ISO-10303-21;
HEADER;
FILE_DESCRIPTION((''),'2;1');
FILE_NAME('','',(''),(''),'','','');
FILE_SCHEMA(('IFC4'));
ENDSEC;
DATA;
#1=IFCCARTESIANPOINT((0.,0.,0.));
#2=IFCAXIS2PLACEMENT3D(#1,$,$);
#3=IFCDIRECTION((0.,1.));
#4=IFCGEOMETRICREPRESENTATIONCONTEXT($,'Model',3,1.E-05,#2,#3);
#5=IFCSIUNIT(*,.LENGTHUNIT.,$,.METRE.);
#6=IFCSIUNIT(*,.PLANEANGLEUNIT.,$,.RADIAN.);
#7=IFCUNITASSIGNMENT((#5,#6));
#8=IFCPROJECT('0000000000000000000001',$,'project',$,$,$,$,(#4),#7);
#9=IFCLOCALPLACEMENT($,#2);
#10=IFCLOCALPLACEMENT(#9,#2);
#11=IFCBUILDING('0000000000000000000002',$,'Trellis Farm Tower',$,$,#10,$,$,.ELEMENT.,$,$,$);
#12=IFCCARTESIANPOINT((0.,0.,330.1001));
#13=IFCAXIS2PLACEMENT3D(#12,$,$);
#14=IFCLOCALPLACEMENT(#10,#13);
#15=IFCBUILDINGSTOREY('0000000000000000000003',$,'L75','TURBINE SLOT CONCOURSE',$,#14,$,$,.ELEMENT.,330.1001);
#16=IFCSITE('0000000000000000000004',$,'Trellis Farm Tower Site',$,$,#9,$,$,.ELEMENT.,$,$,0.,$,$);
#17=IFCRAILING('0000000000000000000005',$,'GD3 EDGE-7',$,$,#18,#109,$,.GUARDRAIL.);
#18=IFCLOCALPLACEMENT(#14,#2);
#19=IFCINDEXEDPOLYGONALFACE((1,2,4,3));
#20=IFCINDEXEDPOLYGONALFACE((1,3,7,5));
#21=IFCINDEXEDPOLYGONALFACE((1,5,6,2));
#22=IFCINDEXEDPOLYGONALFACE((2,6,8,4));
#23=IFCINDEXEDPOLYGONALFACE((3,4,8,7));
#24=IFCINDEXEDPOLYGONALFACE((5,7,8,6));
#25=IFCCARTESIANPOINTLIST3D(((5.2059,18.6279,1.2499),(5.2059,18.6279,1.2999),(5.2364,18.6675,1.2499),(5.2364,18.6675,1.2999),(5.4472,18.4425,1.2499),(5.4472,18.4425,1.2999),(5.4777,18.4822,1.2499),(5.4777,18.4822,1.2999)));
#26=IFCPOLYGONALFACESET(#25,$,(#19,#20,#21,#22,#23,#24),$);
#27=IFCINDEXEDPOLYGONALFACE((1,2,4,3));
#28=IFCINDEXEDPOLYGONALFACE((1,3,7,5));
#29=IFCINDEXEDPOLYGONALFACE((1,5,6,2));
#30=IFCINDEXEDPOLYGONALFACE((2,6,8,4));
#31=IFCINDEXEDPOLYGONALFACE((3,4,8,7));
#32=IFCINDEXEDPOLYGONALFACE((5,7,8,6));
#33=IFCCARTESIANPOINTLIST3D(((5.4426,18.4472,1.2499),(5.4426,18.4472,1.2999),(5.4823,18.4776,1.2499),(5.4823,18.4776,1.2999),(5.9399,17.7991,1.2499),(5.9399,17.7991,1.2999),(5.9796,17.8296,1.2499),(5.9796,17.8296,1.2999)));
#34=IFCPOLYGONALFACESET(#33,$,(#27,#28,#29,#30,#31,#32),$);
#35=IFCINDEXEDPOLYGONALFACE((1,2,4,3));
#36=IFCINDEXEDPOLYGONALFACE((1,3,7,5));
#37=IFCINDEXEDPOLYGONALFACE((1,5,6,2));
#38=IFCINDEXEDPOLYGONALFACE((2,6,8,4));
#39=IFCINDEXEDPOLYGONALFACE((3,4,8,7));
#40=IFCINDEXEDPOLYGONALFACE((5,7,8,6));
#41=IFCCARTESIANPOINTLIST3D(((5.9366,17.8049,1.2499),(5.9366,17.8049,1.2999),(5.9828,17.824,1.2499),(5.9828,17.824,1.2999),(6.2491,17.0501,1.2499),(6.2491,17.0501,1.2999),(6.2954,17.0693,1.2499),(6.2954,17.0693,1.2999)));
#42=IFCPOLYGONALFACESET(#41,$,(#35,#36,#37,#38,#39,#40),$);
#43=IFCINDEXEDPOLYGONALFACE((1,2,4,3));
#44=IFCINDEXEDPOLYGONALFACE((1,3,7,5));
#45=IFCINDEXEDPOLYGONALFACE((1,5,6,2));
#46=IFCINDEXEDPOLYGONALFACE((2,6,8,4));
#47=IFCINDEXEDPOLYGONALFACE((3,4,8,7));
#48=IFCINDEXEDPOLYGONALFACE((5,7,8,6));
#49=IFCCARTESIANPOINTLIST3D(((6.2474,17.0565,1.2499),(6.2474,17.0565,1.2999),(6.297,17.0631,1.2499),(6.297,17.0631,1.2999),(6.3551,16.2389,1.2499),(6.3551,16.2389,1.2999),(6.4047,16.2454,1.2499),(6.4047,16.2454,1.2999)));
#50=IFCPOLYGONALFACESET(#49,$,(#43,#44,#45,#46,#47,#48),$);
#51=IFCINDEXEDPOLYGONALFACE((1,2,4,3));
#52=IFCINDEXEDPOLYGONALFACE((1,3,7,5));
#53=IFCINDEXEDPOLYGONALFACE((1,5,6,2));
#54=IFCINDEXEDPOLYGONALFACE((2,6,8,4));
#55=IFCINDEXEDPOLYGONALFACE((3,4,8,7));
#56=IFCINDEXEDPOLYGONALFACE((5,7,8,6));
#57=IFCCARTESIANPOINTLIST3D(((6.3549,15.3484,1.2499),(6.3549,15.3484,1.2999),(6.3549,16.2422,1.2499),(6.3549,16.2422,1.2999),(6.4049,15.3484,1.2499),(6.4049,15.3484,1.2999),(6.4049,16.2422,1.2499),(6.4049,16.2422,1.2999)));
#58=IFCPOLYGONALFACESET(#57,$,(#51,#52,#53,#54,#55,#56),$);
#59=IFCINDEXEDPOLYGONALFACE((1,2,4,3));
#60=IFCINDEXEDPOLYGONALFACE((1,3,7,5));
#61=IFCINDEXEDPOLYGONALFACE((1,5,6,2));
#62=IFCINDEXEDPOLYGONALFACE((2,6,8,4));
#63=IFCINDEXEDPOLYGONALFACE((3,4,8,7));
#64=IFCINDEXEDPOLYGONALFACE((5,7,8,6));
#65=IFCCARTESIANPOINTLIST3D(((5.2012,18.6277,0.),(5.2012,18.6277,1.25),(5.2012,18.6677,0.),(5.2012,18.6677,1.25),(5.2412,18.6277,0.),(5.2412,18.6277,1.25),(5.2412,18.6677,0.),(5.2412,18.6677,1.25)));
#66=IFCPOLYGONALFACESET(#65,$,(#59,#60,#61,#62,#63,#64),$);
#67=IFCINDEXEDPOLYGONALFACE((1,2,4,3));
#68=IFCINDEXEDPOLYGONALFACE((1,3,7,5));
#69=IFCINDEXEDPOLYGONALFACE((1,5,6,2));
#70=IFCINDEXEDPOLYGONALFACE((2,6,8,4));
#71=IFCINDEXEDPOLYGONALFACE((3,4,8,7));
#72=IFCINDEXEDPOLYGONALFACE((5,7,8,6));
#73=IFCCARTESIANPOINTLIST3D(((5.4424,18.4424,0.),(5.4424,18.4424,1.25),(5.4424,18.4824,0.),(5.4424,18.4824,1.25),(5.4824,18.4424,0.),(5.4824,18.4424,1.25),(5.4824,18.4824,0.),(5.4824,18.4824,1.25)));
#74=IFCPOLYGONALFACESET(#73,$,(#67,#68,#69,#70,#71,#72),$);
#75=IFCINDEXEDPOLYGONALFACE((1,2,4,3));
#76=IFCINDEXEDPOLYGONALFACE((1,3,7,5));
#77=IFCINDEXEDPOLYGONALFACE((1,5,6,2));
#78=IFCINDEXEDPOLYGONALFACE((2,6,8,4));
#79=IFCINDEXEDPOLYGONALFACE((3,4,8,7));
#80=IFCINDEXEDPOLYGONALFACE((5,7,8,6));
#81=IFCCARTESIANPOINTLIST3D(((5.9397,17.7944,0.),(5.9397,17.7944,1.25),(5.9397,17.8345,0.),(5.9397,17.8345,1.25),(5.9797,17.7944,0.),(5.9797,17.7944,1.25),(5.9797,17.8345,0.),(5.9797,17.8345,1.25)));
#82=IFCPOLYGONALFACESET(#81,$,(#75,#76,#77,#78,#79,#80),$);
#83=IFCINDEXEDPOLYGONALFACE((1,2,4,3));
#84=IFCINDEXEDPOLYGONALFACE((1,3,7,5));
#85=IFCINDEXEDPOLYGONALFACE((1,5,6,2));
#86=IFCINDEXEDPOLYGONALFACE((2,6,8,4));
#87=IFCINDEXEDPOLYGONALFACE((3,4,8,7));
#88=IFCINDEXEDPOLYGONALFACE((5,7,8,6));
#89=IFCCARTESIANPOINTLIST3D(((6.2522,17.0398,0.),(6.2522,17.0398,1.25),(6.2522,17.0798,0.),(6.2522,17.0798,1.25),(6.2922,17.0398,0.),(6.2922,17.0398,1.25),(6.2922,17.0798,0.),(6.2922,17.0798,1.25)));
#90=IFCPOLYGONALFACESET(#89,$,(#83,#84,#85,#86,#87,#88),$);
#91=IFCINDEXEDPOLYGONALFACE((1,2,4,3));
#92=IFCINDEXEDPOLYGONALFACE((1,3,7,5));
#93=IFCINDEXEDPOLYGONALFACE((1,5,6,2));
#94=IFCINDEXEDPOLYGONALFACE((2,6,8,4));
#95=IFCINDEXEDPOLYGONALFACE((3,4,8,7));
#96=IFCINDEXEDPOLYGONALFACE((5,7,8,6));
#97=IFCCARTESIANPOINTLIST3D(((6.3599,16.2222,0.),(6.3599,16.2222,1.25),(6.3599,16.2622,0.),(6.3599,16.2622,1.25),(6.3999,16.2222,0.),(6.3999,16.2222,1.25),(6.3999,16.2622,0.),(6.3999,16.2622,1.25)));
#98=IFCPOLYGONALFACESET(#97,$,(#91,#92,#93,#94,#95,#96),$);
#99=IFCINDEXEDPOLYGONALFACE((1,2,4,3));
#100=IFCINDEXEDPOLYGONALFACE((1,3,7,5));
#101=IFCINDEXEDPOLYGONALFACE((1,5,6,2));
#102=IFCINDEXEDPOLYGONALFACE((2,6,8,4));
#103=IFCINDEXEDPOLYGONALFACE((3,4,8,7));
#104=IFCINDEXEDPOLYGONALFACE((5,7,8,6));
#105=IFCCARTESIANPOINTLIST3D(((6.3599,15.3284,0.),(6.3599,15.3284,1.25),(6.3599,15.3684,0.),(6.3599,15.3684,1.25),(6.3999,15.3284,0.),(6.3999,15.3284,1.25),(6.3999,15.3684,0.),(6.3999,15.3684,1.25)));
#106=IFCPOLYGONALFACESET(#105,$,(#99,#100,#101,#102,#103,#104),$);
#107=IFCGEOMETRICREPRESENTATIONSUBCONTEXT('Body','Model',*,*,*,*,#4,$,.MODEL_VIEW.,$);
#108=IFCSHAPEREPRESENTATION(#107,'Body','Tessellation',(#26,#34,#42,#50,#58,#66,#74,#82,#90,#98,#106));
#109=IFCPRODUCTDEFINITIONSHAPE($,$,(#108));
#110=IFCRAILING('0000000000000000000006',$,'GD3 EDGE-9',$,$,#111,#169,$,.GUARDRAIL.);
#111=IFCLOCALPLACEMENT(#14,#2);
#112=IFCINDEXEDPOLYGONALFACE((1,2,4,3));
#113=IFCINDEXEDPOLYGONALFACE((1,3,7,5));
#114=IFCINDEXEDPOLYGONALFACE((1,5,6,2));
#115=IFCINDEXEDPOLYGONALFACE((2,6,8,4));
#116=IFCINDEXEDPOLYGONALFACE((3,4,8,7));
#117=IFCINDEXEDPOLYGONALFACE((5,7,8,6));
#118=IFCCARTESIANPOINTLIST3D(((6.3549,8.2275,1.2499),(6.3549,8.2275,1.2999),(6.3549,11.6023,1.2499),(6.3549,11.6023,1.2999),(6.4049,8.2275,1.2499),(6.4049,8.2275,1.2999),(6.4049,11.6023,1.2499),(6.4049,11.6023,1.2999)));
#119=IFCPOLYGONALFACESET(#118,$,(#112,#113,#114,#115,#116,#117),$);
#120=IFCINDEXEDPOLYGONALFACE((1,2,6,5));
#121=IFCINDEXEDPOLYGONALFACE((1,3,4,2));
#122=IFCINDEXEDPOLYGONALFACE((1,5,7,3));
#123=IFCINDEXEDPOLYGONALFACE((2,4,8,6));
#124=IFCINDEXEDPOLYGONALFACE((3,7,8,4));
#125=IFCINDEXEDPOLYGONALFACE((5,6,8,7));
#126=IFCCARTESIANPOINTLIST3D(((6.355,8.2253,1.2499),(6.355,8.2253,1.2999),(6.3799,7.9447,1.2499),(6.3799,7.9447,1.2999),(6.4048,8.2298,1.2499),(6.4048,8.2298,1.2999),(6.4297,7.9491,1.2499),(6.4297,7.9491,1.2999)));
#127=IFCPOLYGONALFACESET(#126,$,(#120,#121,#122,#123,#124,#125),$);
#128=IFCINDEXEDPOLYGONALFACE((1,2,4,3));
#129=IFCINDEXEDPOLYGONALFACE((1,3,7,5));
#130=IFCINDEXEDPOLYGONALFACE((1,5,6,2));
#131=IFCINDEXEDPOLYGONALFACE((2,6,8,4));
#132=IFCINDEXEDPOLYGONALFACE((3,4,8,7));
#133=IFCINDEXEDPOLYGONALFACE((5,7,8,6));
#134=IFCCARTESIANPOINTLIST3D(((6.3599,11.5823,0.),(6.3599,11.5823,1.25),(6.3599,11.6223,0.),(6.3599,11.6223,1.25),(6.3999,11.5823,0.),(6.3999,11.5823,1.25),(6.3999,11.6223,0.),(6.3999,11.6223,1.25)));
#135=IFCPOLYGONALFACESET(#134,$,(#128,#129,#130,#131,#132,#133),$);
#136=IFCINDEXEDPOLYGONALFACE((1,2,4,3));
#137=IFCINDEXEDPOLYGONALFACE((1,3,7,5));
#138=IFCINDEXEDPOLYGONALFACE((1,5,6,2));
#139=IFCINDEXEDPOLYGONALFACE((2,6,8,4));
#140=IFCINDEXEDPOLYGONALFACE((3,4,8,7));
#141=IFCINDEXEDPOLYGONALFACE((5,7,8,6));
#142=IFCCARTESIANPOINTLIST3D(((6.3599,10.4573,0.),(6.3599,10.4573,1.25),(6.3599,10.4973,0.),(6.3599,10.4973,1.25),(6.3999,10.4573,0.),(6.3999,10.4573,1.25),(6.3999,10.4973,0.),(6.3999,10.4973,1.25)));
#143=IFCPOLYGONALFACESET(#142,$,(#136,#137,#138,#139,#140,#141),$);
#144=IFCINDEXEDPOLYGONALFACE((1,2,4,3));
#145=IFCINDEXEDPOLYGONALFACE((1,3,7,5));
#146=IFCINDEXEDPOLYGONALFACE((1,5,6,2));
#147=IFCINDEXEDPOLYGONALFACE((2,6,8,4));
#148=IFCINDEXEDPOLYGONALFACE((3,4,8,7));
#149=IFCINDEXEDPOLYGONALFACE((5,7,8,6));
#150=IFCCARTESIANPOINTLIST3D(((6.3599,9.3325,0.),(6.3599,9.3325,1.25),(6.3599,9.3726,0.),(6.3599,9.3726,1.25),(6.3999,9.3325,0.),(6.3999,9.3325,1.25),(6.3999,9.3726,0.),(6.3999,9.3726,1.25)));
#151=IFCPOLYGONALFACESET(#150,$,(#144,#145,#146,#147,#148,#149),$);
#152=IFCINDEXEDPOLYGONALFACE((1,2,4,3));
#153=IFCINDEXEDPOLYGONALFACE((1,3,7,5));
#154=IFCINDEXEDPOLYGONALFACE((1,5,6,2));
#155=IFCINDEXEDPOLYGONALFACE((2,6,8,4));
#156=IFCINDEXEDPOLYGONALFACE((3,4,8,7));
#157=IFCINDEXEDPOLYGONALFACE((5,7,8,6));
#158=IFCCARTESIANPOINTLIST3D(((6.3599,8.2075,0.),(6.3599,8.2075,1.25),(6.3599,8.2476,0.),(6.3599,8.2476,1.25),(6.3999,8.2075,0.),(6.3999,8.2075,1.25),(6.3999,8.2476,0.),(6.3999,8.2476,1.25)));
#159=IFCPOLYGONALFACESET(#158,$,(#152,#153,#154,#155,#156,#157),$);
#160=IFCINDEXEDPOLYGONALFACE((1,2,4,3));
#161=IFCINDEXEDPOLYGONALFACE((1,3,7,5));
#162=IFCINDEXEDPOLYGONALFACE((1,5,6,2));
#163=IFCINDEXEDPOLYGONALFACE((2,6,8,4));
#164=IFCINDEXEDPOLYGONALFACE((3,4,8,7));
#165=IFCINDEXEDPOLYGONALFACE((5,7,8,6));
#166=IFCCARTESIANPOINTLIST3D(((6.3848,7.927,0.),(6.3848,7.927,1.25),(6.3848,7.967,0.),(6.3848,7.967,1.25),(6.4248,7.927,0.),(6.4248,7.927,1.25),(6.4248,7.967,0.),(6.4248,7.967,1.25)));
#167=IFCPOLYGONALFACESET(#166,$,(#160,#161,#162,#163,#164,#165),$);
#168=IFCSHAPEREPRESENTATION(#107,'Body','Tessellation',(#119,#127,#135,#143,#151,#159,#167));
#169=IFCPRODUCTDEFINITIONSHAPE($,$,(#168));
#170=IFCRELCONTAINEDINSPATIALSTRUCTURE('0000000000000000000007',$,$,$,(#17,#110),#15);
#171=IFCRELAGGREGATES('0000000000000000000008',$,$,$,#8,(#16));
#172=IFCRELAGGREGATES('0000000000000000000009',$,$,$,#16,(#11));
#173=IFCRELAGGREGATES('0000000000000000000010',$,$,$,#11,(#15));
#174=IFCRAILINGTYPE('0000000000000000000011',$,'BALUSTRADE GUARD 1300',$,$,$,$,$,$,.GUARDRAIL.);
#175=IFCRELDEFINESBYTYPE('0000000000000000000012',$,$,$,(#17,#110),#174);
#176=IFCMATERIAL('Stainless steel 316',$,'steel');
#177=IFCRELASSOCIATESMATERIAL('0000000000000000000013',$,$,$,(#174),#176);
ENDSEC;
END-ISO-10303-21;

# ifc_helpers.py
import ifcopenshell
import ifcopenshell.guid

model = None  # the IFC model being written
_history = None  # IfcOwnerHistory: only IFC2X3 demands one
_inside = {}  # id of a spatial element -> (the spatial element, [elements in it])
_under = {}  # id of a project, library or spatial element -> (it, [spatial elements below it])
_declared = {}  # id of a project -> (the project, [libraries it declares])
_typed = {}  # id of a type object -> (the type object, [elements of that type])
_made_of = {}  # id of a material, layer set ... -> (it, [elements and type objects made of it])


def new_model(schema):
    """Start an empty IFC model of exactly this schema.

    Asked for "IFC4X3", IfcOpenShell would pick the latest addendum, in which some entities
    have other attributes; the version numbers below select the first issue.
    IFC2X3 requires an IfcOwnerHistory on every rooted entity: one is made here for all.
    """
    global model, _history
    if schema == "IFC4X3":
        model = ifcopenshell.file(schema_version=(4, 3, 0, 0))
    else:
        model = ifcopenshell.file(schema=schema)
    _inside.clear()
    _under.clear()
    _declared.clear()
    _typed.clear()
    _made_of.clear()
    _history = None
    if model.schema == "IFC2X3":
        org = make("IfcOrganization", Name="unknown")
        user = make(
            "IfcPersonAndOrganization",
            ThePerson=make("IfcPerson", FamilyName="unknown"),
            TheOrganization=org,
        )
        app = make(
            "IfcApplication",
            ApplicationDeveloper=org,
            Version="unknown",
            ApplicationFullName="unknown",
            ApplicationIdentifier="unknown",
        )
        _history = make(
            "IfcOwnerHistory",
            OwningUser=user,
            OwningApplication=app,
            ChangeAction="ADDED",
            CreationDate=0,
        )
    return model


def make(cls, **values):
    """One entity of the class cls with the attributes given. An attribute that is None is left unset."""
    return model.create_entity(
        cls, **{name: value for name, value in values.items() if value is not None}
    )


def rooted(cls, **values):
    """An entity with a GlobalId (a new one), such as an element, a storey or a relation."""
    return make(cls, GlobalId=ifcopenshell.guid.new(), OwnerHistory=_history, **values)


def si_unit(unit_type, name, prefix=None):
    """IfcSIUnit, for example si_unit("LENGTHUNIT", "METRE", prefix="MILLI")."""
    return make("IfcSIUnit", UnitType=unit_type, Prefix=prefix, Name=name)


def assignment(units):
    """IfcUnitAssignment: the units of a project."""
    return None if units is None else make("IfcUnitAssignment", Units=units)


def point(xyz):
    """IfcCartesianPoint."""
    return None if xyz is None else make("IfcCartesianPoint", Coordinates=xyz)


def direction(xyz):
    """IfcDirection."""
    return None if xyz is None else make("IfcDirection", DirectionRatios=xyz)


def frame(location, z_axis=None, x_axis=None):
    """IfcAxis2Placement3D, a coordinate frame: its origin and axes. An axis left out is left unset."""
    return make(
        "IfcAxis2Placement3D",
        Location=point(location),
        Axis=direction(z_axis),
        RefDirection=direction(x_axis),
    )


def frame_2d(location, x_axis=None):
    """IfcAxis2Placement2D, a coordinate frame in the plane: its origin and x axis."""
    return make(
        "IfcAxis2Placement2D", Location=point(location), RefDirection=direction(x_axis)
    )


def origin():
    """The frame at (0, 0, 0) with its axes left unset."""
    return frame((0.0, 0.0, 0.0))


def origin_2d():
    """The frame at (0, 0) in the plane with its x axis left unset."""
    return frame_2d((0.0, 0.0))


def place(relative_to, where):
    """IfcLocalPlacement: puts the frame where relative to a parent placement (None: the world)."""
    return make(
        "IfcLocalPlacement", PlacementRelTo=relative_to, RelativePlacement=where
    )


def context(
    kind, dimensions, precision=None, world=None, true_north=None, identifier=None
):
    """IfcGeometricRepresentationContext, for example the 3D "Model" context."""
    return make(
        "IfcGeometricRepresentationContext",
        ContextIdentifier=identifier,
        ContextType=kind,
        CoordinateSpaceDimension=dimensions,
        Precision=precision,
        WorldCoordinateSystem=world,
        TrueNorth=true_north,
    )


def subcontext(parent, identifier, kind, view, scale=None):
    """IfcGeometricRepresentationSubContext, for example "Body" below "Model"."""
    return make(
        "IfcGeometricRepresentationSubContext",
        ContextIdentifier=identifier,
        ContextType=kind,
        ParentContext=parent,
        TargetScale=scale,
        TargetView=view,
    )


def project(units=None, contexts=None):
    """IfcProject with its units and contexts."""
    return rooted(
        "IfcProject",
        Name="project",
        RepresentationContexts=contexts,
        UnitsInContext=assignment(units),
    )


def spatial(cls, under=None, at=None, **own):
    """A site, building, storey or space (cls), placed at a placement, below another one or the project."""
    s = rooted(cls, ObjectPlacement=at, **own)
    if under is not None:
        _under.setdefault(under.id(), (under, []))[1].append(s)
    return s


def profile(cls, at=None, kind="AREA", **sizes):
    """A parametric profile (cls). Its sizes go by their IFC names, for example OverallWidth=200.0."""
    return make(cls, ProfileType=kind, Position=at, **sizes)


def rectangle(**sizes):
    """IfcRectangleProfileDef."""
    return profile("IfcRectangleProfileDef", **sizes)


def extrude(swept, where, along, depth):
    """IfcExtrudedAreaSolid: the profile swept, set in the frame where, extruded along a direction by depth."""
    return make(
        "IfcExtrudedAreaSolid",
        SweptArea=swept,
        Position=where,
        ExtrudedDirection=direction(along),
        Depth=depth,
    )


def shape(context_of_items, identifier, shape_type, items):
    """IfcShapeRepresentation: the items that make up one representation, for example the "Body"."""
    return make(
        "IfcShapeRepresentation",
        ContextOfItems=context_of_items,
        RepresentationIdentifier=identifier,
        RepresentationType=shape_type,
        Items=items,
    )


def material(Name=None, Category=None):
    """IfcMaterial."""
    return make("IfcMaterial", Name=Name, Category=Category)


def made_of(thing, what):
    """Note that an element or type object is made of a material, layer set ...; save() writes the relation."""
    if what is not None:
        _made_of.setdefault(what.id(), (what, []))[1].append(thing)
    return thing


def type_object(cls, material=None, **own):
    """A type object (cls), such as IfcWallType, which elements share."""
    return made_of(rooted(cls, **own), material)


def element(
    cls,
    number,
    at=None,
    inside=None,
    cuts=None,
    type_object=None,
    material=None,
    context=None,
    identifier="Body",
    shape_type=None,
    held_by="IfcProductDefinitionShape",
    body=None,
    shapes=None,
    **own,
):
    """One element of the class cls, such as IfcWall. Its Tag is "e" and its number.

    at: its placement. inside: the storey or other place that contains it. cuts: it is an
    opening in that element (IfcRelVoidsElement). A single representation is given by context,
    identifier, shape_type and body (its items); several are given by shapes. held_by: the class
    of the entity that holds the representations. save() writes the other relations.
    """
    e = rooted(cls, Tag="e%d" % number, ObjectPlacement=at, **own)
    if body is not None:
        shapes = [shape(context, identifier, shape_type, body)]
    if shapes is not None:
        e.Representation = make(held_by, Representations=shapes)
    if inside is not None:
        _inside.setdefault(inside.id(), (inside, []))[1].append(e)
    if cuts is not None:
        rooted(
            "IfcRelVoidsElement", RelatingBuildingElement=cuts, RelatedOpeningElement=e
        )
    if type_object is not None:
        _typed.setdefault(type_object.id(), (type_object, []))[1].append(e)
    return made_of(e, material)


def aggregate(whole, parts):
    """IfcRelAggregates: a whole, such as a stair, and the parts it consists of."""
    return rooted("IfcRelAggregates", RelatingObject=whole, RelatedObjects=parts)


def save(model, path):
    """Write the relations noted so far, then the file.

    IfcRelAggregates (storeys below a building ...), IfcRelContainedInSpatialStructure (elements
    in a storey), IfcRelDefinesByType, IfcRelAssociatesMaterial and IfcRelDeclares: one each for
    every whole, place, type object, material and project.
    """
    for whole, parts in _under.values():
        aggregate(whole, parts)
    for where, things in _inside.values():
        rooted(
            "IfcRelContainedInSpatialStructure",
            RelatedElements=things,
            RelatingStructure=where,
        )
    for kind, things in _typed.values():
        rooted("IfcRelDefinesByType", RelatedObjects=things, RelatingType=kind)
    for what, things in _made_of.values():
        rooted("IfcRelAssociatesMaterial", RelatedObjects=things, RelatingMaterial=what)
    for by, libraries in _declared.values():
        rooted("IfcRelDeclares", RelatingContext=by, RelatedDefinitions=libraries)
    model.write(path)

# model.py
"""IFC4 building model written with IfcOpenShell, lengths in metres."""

from ifc_helpers import new_model, si_unit, direction, frame, origin, origin_2d, place, context, subcontext, project, spatial, rectangle, extrude, material, type_object, element, save


model = new_model("IFC4")

# Units and contexts
model_context = context("Model", 3, precision=1e-05, world=origin(), true_north=direction((0.0, 1.0)))
body_context = subcontext(model_context, "Body", "Model", "MODEL_VIEW")
ifc_project = project(units=[si_unit("LENGTHUNIT", "METRE"), si_unit("PLANEANGLEUNIT", "RADIAN")], contexts=[model_context])

# Site, building, storey
site_placement = place(None, origin())
site = spatial("IfcSite", under=ifc_project, at=site_placement, Name="Trellis Farm Tower Site", CompositionType="ELEMENT", RefElevation=0.0)
building_placement = place(site_placement, origin())
building = spatial("IfcBuilding", under=site, at=building_placement, Name="Trellis Farm Tower", CompositionType="ELEMENT")
storey_placement = place(building_placement, frame((0.0, 0.0, 330.1001)))
storey = spatial("IfcBuildingStorey", under=building, at=storey_placement, Name="L75", Description="TURBINE SLOT CONCOURSE", CompositionType="ELEMENT", Elevation=330.1001)

# Railings
ifc_material_1 = material(Name="Stainless steel 316", Category="steel")
railing_type = type_object("IfcRailingType", Name="BALUSTRADE GUARD 1300", PredefinedType="GUARDRAIL", material=ifc_material_1)
railing_1_placement = place(storey_placement, frame((5.2212, 18.6477, 0.0)))
element("IfcRailing", 1, at=railing_1_placement, inside=storey, type_object=railing_type, Name="GD3 EDGE-7", PredefinedType="GUARDRAIL", context=body_context, shape_type="SweptSolid", body=[
    extrude(rectangle(XDim=0.05, YDim=0.05, at=origin_2d()), frame((0.0, 0.0, 1.2749), z_axis=(0.793012, -0.609206, 0.0), x_axis=(0.609206, 0.793012, 0.0)), (0.0, 0.0, 1.0), 0.3042),
    extrude(rectangle(XDim=0.05, YDim=0.05, at=origin_2d()), frame((0.2412, -0.1853, 1.2749), z_axis=(0.608858, -0.793279, 0.0), x_axis=(0.793279, 0.608858, 0.0)), (0.0, 0.0, 1.0), 0.8169),
    extrude(rectangle(XDim=0.05, YDim=0.05, at=origin_2d()), frame((0.7385, -0.8333, 1.2749), z_axis=(0.382598, -0.923915, 0.0), x_axis=(0.923915, 0.382598, 0.0)), (0.0, 0.0, 1.0), 0.8169),
    extrude(rectangle(XDim=0.05, YDim=0.05, at=origin_2d()), frame((1.051, -1.5879, 1.2749), z_axis=(0.130554, -0.991441, 0.0), x_axis=(0.991441, 0.130554, 0.0)), (0.0, 0.0, 1.0), 0.8247),
    extrude(rectangle(XDim=0.05, YDim=0.05, at=origin_2d()), frame((1.1587, -2.4055, 1.2749), z_axis=(0.0, -1.0, 0.0), x_axis=(1.0, 0.0, 0.0)), (0.0, 0.0, 1.0), 0.8938),
    extrude(rectangle(XDim=0.04, YDim=0.04, at=origin_2d()), origin(), (0.0, 0.0, 1.0), 1.25),
    extrude(rectangle(XDim=0.04, YDim=0.04, at=origin_2d()), frame((0.2412, -0.1853, 0.0)), (0.0, 0.0, 1.0), 1.25),
    extrude(rectangle(XDim=0.04, YDim=0.04, at=origin_2d()), frame((0.7385, -0.8333, 0.0)), (0.0, 0.0, 1.0), 1.25),
    extrude(rectangle(XDim=0.04, YDim=0.04, at=origin_2d()), frame((1.051, -1.5879, 0.0)), (0.0, 0.0, 1.0), 1.25),
    extrude(rectangle(XDim=0.04, YDim=0.04, at=origin_2d()), frame((1.1587, -2.4055, 0.0)), (0.0, 0.0, 1.0), 1.25),
    extrude(rectangle(XDim=0.04, YDim=0.04, at=origin_2d()), frame((1.1587, -3.2993, 0.0)), (0.0, 0.0, 1.0), 1.25),
])
railing_2_placement = place(storey_placement, frame((6.3799, 11.6023, 0.0)))
element("IfcRailing", 2, at=railing_2_placement, inside=storey, type_object=railing_type, Name="GD3 EDGE-9", PredefinedType="GUARDRAIL", context=body_context, shape_type="SweptSolid", body=[
    extrude(rectangle(XDim=0.05, YDim=0.05, at=origin_2d()), frame((0.0, 0.0, 1.2749), z_axis=(0.0, -1.0, 0.0), x_axis=(1.0, 0.0, 0.0)), (0.0, 0.0, 1.0), 3.3748),
    extrude(rectangle(XDim=0.05, YDim=0.05, at=origin_2d()), frame((0.0, -3.3748, 1.2749), z_axis=(0.088425, -0.996083, 0.0), x_axis=(0.996083, 0.088425, 0.0)), (0.0, 0.0, 1.0), 0.2817),
    extrude(rectangle(XDim=0.04, YDim=0.04, at=origin_2d()), origin(), (0.0, 0.0, 1.0), 1.25),
    extrude(rectangle(XDim=0.04, YDim=0.04, at=origin_2d()), frame((0.0, -1.125, 0.0)), (0.0, 0.0, 1.0), 1.25),
    extrude(rectangle(XDim=0.04, YDim=0.04, at=origin_2d()), frame((0.0, -2.2498, 0.0)), (0.0, 0.0, 1.0), 1.25),
    extrude(rectangle(XDim=0.04, YDim=0.04, at=origin_2d()), frame((0.0, -3.3748, 0.0)), (0.0, 0.0, 1.0), 1.25),
    extrude(rectangle(XDim=0.04, YDim=0.04, at=origin_2d()), frame((0.0249, -3.6553, 0.0)), (0.0, 0.0, 1.0), 1.25),
])

save(model, "model.ifc")
